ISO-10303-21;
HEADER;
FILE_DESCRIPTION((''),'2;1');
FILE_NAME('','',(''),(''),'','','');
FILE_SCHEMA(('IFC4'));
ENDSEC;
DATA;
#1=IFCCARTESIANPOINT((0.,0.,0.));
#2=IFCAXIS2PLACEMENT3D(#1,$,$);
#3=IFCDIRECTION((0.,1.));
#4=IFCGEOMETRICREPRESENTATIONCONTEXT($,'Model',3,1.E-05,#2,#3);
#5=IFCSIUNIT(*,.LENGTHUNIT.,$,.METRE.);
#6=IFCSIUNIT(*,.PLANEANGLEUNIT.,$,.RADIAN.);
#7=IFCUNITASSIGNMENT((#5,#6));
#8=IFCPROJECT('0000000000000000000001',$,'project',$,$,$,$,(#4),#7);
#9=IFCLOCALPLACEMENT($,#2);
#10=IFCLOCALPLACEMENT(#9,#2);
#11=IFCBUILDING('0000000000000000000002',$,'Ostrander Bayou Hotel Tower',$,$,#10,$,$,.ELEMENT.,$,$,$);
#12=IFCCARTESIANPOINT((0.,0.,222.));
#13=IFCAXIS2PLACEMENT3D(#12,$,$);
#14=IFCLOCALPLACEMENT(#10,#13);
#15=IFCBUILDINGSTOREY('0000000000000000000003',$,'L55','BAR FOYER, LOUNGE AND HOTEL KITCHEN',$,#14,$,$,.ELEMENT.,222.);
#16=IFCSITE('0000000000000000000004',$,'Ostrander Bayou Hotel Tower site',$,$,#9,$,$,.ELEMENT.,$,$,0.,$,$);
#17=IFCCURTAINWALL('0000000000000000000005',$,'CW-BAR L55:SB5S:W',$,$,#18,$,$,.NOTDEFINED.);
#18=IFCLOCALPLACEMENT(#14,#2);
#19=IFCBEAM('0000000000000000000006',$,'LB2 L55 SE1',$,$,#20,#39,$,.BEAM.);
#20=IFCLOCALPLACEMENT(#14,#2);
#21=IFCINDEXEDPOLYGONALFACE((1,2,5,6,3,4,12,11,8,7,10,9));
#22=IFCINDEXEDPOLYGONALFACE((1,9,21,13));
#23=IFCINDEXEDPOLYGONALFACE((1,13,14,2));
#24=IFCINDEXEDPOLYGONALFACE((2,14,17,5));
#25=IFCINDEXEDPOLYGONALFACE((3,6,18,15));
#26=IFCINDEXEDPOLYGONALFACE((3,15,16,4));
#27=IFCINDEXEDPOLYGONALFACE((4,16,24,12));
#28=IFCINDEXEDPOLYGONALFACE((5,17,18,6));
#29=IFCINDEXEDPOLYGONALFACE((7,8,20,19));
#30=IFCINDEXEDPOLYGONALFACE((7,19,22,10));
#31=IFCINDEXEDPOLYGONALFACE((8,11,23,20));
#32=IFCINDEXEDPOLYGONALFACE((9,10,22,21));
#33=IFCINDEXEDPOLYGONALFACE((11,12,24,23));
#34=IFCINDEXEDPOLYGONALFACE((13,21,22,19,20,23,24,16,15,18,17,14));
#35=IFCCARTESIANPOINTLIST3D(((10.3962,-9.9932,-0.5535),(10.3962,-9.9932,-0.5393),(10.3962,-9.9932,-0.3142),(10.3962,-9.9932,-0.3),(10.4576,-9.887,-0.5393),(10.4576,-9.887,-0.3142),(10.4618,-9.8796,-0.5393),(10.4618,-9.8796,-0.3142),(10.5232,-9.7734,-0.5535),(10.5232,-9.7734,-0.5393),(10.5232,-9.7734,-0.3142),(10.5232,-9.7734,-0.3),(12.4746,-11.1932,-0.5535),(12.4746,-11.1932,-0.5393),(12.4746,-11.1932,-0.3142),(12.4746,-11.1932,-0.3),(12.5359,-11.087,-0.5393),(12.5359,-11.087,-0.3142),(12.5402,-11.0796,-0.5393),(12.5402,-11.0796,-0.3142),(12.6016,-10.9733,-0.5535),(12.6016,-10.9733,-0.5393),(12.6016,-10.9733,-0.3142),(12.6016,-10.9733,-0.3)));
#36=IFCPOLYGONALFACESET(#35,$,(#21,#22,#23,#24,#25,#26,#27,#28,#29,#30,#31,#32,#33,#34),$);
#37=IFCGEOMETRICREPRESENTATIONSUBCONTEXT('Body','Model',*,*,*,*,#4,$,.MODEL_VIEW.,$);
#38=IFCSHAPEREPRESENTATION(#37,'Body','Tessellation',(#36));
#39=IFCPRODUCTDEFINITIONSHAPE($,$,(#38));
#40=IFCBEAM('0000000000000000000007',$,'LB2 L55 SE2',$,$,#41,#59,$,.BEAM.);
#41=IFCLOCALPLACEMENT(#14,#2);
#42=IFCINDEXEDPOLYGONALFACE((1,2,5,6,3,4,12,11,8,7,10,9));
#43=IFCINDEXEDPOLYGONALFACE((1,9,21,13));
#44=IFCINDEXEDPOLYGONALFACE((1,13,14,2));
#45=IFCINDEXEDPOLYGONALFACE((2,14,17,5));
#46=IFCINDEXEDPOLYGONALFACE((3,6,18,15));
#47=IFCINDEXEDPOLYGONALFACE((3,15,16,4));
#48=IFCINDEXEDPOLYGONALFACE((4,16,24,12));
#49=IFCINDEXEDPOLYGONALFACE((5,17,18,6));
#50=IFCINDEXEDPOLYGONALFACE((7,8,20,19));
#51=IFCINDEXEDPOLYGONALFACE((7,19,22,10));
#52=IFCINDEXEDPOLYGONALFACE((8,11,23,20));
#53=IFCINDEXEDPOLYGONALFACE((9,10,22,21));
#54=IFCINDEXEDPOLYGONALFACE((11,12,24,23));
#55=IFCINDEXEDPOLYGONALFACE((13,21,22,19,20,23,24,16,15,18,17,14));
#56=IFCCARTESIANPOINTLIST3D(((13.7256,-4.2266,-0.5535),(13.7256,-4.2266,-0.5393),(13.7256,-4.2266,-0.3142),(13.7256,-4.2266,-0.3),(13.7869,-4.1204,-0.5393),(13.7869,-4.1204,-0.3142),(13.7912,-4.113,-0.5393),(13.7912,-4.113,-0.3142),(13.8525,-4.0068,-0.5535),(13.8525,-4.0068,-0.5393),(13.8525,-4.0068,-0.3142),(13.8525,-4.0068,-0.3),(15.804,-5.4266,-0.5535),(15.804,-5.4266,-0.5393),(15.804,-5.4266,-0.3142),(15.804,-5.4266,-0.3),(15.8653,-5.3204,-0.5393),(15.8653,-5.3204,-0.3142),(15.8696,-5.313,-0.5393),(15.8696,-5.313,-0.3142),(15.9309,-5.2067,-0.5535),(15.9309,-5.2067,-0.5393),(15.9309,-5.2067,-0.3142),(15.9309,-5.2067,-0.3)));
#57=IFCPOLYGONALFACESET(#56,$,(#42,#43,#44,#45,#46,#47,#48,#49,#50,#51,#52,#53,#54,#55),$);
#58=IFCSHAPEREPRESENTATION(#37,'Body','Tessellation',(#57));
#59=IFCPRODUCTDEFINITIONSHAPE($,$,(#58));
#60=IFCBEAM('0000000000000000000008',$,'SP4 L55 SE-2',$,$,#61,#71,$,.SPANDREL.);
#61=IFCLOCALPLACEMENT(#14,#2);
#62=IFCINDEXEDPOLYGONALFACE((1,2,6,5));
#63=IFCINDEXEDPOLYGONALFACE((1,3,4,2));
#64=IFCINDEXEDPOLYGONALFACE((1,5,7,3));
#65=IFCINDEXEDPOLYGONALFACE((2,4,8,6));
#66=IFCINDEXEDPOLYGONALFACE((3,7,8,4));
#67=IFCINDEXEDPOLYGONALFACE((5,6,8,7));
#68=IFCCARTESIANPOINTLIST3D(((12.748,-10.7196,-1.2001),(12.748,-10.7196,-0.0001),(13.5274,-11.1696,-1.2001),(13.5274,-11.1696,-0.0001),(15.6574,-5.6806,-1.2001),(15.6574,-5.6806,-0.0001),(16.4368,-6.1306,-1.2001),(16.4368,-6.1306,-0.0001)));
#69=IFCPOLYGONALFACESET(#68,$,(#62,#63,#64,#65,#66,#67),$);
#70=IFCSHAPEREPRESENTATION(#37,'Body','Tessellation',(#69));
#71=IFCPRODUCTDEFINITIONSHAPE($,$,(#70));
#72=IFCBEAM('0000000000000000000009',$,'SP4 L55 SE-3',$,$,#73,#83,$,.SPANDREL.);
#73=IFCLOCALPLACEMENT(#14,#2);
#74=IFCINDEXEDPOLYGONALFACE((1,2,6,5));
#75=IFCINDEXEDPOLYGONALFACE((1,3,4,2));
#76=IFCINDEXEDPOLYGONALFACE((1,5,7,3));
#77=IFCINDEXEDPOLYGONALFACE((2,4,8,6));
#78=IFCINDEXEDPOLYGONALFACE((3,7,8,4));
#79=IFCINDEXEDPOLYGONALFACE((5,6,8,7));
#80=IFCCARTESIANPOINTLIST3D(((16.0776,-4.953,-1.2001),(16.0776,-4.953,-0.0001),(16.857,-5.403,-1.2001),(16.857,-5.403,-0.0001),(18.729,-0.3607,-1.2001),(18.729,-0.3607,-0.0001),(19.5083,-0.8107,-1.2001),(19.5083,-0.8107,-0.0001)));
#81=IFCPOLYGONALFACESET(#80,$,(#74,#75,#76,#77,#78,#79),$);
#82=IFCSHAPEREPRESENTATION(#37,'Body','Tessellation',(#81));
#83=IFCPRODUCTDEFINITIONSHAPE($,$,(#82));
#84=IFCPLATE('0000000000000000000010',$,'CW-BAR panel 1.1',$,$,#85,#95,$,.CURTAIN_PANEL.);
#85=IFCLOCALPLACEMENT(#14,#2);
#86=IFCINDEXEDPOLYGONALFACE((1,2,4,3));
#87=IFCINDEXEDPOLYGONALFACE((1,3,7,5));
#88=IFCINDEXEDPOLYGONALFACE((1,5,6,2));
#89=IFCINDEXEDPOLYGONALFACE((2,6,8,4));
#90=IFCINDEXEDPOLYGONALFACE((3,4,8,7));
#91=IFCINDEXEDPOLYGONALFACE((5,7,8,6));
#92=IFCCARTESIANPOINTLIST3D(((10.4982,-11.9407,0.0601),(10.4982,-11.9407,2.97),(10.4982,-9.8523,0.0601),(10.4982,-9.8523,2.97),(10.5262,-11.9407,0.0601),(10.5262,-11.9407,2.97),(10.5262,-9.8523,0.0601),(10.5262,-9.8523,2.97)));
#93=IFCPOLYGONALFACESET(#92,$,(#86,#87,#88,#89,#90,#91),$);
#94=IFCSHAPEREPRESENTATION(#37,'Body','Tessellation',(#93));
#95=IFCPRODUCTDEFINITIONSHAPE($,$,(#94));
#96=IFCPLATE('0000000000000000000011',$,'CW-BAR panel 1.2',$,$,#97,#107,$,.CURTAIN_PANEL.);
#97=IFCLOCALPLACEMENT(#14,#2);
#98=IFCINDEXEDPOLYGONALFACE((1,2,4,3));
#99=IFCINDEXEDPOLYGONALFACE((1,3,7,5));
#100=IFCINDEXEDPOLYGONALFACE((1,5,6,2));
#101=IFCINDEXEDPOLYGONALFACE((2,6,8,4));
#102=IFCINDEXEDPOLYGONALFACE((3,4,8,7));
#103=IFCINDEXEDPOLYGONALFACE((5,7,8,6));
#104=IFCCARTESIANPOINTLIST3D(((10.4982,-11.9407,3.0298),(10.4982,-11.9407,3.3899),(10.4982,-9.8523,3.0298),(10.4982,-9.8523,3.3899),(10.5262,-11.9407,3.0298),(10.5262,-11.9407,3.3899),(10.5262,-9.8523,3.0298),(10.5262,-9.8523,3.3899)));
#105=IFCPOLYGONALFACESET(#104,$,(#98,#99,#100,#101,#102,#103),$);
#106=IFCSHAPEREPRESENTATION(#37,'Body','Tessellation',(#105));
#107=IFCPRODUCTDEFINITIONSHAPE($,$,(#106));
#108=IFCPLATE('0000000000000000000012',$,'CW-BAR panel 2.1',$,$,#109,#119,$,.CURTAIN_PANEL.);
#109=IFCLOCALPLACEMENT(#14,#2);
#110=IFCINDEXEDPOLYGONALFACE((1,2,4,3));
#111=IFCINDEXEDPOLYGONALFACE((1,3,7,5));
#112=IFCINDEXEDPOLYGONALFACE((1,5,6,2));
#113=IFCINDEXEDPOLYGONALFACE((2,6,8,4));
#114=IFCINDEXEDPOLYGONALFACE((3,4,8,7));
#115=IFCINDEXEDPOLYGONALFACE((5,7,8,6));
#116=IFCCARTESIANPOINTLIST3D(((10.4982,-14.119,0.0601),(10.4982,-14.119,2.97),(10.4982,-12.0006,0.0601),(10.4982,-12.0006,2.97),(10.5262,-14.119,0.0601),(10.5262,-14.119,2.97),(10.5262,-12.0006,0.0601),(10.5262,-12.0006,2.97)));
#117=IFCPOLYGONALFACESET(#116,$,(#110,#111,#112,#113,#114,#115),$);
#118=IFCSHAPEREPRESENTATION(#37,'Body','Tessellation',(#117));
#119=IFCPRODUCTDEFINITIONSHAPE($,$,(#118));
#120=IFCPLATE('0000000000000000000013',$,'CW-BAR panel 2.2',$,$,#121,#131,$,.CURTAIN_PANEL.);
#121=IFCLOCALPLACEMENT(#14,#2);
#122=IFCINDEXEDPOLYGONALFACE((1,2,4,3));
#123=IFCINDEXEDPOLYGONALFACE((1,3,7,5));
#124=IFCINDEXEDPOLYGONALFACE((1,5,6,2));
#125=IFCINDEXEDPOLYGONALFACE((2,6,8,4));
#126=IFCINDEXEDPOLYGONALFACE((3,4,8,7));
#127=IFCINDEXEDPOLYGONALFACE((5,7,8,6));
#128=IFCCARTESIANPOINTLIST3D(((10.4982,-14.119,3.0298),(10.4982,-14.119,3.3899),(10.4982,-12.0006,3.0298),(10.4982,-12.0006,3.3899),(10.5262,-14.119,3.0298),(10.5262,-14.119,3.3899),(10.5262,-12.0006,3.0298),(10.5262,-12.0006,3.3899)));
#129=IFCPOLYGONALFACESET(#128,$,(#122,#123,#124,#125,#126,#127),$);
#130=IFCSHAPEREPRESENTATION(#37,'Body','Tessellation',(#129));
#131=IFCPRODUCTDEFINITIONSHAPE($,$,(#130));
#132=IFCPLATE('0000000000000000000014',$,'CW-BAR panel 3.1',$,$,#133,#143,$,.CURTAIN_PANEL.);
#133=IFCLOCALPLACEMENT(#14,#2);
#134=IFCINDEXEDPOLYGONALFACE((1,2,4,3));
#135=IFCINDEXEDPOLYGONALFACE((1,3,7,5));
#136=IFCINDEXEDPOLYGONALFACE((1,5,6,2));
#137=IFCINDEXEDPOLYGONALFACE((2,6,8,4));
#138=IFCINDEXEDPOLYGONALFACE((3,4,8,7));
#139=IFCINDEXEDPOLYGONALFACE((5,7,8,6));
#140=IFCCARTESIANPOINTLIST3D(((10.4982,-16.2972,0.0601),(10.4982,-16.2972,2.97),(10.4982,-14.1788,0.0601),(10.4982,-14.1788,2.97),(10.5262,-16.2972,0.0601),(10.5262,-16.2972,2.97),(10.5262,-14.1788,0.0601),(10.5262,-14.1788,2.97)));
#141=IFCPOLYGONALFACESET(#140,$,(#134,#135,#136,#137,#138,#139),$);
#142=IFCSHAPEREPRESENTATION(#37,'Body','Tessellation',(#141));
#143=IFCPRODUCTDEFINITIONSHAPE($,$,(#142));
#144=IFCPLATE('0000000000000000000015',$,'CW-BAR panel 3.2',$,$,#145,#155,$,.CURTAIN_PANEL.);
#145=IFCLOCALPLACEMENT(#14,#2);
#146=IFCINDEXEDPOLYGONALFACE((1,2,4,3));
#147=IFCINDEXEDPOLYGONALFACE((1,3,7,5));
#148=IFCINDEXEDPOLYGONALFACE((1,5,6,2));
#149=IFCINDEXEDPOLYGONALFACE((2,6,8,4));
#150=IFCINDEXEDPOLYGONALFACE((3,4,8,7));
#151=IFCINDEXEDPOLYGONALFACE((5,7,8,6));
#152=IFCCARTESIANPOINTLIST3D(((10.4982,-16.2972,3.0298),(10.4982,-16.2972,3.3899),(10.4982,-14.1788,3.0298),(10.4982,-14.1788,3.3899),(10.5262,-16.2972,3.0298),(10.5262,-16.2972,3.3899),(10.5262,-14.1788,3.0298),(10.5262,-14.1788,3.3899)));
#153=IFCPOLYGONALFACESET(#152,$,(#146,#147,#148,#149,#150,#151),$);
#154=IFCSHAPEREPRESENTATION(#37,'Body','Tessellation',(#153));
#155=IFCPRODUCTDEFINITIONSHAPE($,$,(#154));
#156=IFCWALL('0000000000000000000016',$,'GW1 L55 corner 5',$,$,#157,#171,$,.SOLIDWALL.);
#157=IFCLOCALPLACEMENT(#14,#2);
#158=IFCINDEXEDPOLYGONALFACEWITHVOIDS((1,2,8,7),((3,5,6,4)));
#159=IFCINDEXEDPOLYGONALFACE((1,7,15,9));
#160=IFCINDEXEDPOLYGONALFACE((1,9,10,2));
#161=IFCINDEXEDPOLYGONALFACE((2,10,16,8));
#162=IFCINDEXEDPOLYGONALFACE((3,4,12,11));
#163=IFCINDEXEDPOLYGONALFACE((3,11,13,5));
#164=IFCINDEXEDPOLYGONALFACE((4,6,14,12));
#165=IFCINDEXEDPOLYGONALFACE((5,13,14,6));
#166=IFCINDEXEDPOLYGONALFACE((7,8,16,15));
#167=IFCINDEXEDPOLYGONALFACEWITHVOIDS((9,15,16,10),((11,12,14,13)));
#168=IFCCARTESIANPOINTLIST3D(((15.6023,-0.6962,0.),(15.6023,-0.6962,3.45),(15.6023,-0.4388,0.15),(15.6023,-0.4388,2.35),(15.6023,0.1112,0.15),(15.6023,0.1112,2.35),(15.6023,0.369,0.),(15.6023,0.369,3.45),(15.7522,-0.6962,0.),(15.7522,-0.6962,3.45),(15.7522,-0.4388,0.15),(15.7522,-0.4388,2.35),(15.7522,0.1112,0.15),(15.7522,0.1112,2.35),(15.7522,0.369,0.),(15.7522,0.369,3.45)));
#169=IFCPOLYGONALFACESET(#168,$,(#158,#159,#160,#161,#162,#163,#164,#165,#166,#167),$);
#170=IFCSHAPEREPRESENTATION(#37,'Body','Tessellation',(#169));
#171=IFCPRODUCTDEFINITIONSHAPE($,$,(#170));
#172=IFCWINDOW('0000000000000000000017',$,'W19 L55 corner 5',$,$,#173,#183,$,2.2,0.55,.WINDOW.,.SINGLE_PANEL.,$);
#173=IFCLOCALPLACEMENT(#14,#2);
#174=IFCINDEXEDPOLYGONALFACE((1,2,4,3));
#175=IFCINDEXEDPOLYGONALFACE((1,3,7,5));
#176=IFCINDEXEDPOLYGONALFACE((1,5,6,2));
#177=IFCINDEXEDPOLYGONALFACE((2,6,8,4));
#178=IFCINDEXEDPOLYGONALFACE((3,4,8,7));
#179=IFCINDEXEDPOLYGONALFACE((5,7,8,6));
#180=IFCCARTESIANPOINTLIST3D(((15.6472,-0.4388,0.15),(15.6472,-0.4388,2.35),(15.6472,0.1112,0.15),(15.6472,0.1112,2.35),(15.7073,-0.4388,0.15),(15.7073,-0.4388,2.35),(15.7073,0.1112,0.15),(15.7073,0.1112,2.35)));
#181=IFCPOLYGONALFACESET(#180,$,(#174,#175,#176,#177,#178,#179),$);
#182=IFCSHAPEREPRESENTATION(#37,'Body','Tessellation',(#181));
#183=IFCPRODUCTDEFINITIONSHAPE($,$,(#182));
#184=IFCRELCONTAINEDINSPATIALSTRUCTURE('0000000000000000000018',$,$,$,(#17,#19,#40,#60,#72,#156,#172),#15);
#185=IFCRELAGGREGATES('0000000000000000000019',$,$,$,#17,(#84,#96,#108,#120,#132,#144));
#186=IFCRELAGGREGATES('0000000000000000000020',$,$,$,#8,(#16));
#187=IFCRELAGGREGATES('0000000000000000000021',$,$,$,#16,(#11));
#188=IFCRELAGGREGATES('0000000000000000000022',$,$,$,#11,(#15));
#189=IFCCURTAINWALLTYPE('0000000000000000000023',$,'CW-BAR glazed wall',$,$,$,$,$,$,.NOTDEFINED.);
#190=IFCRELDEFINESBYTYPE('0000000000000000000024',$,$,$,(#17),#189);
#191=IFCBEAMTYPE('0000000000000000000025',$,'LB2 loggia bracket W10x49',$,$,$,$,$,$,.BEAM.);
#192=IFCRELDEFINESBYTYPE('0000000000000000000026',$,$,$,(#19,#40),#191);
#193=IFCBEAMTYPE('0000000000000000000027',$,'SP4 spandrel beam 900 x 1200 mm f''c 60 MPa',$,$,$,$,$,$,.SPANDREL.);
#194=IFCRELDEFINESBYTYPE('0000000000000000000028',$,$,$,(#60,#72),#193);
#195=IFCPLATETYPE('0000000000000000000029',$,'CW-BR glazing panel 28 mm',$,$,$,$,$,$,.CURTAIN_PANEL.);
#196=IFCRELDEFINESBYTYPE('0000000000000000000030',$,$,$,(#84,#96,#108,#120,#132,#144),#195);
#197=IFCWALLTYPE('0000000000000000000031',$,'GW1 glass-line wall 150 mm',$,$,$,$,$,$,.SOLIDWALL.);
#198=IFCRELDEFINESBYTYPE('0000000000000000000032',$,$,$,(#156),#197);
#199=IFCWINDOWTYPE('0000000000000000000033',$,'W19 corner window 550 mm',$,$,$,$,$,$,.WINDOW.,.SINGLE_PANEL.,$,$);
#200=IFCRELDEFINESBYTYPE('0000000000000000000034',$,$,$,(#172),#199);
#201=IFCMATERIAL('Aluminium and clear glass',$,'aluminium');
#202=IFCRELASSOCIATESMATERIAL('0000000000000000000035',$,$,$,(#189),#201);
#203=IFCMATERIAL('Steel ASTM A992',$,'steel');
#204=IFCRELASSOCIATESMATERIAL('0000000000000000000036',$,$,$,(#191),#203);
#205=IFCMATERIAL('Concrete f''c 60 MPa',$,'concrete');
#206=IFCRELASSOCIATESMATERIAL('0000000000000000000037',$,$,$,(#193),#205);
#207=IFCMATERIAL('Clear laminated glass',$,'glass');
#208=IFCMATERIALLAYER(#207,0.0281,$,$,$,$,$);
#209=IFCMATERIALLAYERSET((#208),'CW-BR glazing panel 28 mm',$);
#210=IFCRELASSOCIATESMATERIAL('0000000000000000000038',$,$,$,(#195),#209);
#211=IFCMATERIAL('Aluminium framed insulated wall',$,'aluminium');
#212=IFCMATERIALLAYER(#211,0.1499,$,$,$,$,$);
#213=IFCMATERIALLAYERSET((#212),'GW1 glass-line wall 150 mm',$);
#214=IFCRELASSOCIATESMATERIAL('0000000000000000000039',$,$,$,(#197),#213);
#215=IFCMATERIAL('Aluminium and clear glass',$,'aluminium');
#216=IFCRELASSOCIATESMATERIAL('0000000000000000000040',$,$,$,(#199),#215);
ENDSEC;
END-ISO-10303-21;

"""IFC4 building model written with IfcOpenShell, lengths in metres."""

from ifc_helpers import new_model, si_unit, direction, frame, frame_2d, origin, origin_2d, place, context, subcontext, project, spatial, rectangle, i_section, extrude, material, layer, layer_set, material_profile, profile_set, type_object, element, fill, aggregate, save


model = new_model("IFC4")

# Units and contexts
model_context = context("Model", 3, precision=1e-05, world=origin(), true_north=direction((0.0, 1.0)))
body_context = subcontext(model_context, "Body", "Model", "MODEL_VIEW")
ifc_project = project(units=[si_unit("LENGTHUNIT", "METRE"), si_unit("PLANEANGLEUNIT", "RADIAN")], contexts=[model_context])

# Site, building, storey
site_placement = place(None, origin())
site = spatial("IfcSite", under=ifc_project, at=site_placement, Name="Ostrander Bayou Hotel Tower site", CompositionType="ELEMENT", RefElevation=0.0)
building_placement = place(site_placement, origin())
building = spatial("IfcBuilding", under=site, at=building_placement, Name="Ostrander Bayou Hotel Tower", CompositionType="ELEMENT")
storey_placement = place(building_placement, frame((0.0, 0.0, 222.0)))
storey = spatial("IfcBuildingStorey", under=building, at=storey_placement, Name="L55", Description="BAR FOYER, LOUNGE AND HOTEL KITCHEN", CompositionType="ELEMENT", Elevation=222.0)

# Curtain wall
ifc_material_1 = material(Name="Aluminium and clear glass", Category="aluminium")
curtain_wall_type = type_object("IfcCurtainWallType", Name="CW-BAR glazed wall", PredefinedType="NOTDEFINED", material=ifc_material_1)
curtain_wall_placement = place(storey_placement, origin())
curtain_wall = element("IfcCurtainWall", 1, at=curtain_wall_placement, inside=storey, type_object=curtain_wall_type, Name="CW-BAR L55:SB5S:W", PredefinedType="NOTDEFINED")

# Beams
ifc_material_2 = material(Name="Steel ASTM A992", Category="steel")
ifc_material_profile_1 = material_profile(ifc_material_2, i_section(OverallWidth=0.2539, OverallDepth=0.2534, WebThickness=0.0085, FlangeThickness=0.0142, at=origin_2d()))
ifc_profile_set_1 = profile_set([ifc_material_profile_1], Name="Steel ASTM A992")
beam_type_1 = type_object("IfcBeamType", Name="LB2 loggia bracket W10x49", PredefinedType="BEAM", material=ifc_profile_set_1)
for number, where, z_axis, x_axis, name in (
    (2, (12.5381, -11.0833, -0.4268), (-0.866025, 0.500001, 0.0), (-0.500001, -0.866025, 0.0), "LB2 L55 SE1"),
    (3, (15.8674, -5.3167, -0.4268), (-0.866025, 0.500001, 0.0), (-0.500001, -0.866025, 0.0), "LB2 L55 SE2"),
):
    element("IfcBeam", number, at=place(storey_placement, frame(where, z_axis=z_axis, x_axis=x_axis)), inside=storey, type_object=beam_type_1, Name=name, PredefinedType="BEAM", context=body_context, shape_type="SweptSolid", body=[
        extrude(i_section(OverallWidth=0.2539, OverallDepth=0.2534, WebThickness=0.0085, FlangeThickness=0.0142, at=origin_2d()), origin(), (0.0, 0.0, 1.0), 2.3999),
    ])
ifc_material_3 = material(Name="Concrete f'c 60 MPa", Category="concrete")
ifc_material_profile_2 = material_profile(ifc_material_3, rectangle(XDim=0.8999, YDim=1.2, at=origin_2d()))
ifc_profile_set_2 = profile_set([ifc_material_profile_2], Name="Concrete f'c 60 MPa")
beam_type_2 = type_object("IfcBeamType", Name="SP4 spandrel beam 900 x 1200 mm f'c 60 MPa", PredefinedType="SPANDREL", material=ifc_profile_set_2)
beam_1_placement = place(storey_placement, frame((13.1377, -10.9446, -0.6001), z_axis=(0.500015, 0.866016, 0.0), x_axis=(-0.866016, 0.500015, 0.0)))
element("IfcBeam", 4, at=beam_1_placement, inside=storey, type_object=beam_type_2, Name="SP4 L55 SE-2", PredefinedType="SPANDREL", context=body_context, shape_type="SweptSolid", body=[
    extrude(rectangle(XDim=0.8999, YDim=1.2, at=origin_2d()), origin(), (0.0, 0.0, 1.0), 5.8186),
])
beam_2_placement = place(storey_placement, frame((16.4673, -5.178, -0.6001), z_axis=(0.500001, 0.866025, 0.0), x_axis=(-0.866025, 0.500001, 0.0)))
element("IfcBeam", 5, at=beam_2_placement, inside=storey, type_object=beam_type_2, Name="SP4 L55 SE-3", PredefinedType="SPANDREL", context=body_context, shape_type="SweptSolid", body=[
    extrude(rectangle(XDim=0.8999, YDim=1.2, at=origin_2d()), origin(), (0.0, 0.0, 1.0), 5.3027),
])

# Plates
ifc_material_4 = material(Name="Clear laminated glass", Category="glass")
ifc_layer_1 = layer(ifc_material_4, 0.0281)
ifc_layer_set_1 = layer_set([ifc_layer_1], Name="CW-BR glazing panel 28 mm")
plate_type = type_object("IfcPlateType", Name="CW-BR glazing panel 28 mm", PredefinedType="CURTAIN_PANEL", material=ifc_layer_set_1)
plate_1_placement = place(storey_placement, frame((10.5122, -10.8965, 0.0601), z_axis=(0.0, 0.0, 1.0), x_axis=(0.0, -1.0, 0.0)))
plate_1 = element("IfcPlate", 6, at=plate_1_placement, type_object=plate_type, Name="CW-BAR panel 1.1", PredefinedType="CURTAIN_PANEL", context=body_context, shape_type="SweptSolid", body=[
    extrude(rectangle(XDim=2.0884, YDim=0.0281, at=origin_2d()), origin(), (0.0, 0.0, 1.0), 2.9099),
])
plate_2_placement = place(storey_placement, frame((10.5122, -10.8965, 3.0298), z_axis=(0.0, 0.0, 1.0), x_axis=(0.0, -1.0, 0.0)))
plate_2 = element("IfcPlate", 7, at=plate_2_placement, type_object=plate_type, Name="CW-BAR panel 1.2", PredefinedType="CURTAIN_PANEL", context=body_context, shape_type="SweptSolid", body=[
    extrude(rectangle(XDim=2.0884, YDim=0.0281, at=origin_2d()), origin(), (0.0, 0.0, 1.0), 0.3601),
])
plate_3_placement = place(storey_placement, frame((10.5122, -13.0598, 0.0601), z_axis=(0.0, 0.0, 1.0), x_axis=(0.0, -1.0, 0.0)))
plate_3 = element("IfcPlate", 8, at=plate_3_placement, type_object=plate_type, Name="CW-BAR panel 2.1", PredefinedType="CURTAIN_PANEL", context=body_context, shape_type="SweptSolid", body=[
    extrude(rectangle(XDim=2.1184, YDim=0.0281, at=origin_2d()), origin(), (0.0, 0.0, 1.0), 2.9099),
])
plate_4_placement = place(storey_placement, frame((10.5122, -13.0598, 3.0298), z_axis=(0.0, 0.0, 1.0), x_axis=(0.0, -1.0, 0.0)))
plate_4 = element("IfcPlate", 9, at=plate_4_placement, type_object=plate_type, Name="CW-BAR panel 2.2", PredefinedType="CURTAIN_PANEL", context=body_context, shape_type="SweptSolid", body=[
    extrude(rectangle(XDim=2.1184, YDim=0.0281, at=origin_2d()), origin(), (0.0, 0.0, 1.0), 0.3601),
])
plate_5_placement = place(storey_placement, frame((10.5122, -15.238, 0.0601), z_axis=(0.0, 0.0, 1.0), x_axis=(0.0, -1.0, 0.0)))
plate_5 = element("IfcPlate", 10, at=plate_5_placement, type_object=plate_type, Name="CW-BAR panel 3.1", PredefinedType="CURTAIN_PANEL", context=body_context, shape_type="SweptSolid", body=[
    extrude(rectangle(XDim=2.1184, YDim=0.0281, at=origin_2d()), origin(), (0.0, 0.0, 1.0), 2.9099),
])
plate_6_placement = place(storey_placement, frame((10.5122, -15.238, 3.0298), z_axis=(0.0, 0.0, 1.0), x_axis=(0.0, -1.0, 0.0)))
plate_6 = element("IfcPlate", 11, at=plate_6_placement, type_object=plate_type, Name="CW-BAR panel 3.2", PredefinedType="CURTAIN_PANEL", context=body_context, shape_type="SweptSolid", body=[
    extrude(rectangle(XDim=2.1184, YDim=0.0281, at=origin_2d()), origin(), (0.0, 0.0, 1.0), 0.3601),
])
aggregate(curtain_wall, [plate_1, plate_2, plate_3, plate_4, plate_5, plate_6])

# Wall, opening, window
ifc_material_5 = material(Name="Aluminium framed insulated wall", Category="aluminium")
ifc_layer_2 = layer(ifc_material_5, 0.1499)
ifc_layer_set_2 = layer_set([ifc_layer_2], Name="GW1 glass-line wall 150 mm")
wall_type_1 = type_object("IfcWallType", Name="GW1 glass-line wall 150 mm", PredefinedType="SOLIDWALL", material=ifc_layer_set_2)
wall_1_placement = place(storey_placement, frame((15.6772, -0.6963, 0.0), z_axis=(0.0, 0.0, 1.0), x_axis=(0.0, 1.0, 0.0)))
wall_1 = element("IfcWall", 12, at=wall_1_placement, inside=storey, type_object=wall_type_1, Name="GW1 L55 corner 5", PredefinedType="SOLIDWALL", context=body_context, shape_type="SweptSolid", body=[
    extrude(rectangle(XDim=1.0652, YDim=0.1499, at=frame_2d((0.5327, 0.0))), origin(), (0.0, 0.0, 1.0), 3.45),
])
opening_placement = place(wall_1_placement, frame((0.2576, 0.0, 0.1499)))
opening = element("IfcOpeningElement", 13, at=opening_placement, cuts=wall_1, PredefinedType="OPENING", context=body_context, shape_type="SweptSolid", body=[
    extrude(rectangle(XDim=0.55, YDim=2.2, at=frame_2d((0.2749, 1.1001))), frame((0.0, 0.075, 0.0), z_axis=(0.0, -1.0, 0.0), x_axis=(1.0, 0.0, 0.0)), (0.0, 0.0, 1.0), 0.1499),
])
ifc_material_6 = material(Name="Aluminium and clear glass", Category="aluminium")
window_type = type_object("IfcWindowType", Name="W19 corner window 550 mm", PartitioningType="SINGLE_PANEL", PredefinedType="WINDOW", material=ifc_material_6)
window_placement = place(opening_placement, origin())
window = element("IfcWindow", 14, at=window_placement, inside=storey, type_object=window_type, Name="W19 L55 corner 5", OverallHeight=2.2, OverallWidth=0.55, PartitioningType="SINGLE_PANEL", PredefinedType="WINDOW", context=body_context, shape_type="SweptSolid", body=[
    extrude(rectangle(XDim=0.55, YDim=2.2, at=frame_2d((0.2749, 1.1001))), frame((0.0, 0.03, 0.0), z_axis=(0.0, -1.0, 0.0), x_axis=(1.0, 0.0, 0.0)), (0.0, 0.0, 1.0), 0.0601),
])
fill(opening, window)

save(model, "model.ifc")
